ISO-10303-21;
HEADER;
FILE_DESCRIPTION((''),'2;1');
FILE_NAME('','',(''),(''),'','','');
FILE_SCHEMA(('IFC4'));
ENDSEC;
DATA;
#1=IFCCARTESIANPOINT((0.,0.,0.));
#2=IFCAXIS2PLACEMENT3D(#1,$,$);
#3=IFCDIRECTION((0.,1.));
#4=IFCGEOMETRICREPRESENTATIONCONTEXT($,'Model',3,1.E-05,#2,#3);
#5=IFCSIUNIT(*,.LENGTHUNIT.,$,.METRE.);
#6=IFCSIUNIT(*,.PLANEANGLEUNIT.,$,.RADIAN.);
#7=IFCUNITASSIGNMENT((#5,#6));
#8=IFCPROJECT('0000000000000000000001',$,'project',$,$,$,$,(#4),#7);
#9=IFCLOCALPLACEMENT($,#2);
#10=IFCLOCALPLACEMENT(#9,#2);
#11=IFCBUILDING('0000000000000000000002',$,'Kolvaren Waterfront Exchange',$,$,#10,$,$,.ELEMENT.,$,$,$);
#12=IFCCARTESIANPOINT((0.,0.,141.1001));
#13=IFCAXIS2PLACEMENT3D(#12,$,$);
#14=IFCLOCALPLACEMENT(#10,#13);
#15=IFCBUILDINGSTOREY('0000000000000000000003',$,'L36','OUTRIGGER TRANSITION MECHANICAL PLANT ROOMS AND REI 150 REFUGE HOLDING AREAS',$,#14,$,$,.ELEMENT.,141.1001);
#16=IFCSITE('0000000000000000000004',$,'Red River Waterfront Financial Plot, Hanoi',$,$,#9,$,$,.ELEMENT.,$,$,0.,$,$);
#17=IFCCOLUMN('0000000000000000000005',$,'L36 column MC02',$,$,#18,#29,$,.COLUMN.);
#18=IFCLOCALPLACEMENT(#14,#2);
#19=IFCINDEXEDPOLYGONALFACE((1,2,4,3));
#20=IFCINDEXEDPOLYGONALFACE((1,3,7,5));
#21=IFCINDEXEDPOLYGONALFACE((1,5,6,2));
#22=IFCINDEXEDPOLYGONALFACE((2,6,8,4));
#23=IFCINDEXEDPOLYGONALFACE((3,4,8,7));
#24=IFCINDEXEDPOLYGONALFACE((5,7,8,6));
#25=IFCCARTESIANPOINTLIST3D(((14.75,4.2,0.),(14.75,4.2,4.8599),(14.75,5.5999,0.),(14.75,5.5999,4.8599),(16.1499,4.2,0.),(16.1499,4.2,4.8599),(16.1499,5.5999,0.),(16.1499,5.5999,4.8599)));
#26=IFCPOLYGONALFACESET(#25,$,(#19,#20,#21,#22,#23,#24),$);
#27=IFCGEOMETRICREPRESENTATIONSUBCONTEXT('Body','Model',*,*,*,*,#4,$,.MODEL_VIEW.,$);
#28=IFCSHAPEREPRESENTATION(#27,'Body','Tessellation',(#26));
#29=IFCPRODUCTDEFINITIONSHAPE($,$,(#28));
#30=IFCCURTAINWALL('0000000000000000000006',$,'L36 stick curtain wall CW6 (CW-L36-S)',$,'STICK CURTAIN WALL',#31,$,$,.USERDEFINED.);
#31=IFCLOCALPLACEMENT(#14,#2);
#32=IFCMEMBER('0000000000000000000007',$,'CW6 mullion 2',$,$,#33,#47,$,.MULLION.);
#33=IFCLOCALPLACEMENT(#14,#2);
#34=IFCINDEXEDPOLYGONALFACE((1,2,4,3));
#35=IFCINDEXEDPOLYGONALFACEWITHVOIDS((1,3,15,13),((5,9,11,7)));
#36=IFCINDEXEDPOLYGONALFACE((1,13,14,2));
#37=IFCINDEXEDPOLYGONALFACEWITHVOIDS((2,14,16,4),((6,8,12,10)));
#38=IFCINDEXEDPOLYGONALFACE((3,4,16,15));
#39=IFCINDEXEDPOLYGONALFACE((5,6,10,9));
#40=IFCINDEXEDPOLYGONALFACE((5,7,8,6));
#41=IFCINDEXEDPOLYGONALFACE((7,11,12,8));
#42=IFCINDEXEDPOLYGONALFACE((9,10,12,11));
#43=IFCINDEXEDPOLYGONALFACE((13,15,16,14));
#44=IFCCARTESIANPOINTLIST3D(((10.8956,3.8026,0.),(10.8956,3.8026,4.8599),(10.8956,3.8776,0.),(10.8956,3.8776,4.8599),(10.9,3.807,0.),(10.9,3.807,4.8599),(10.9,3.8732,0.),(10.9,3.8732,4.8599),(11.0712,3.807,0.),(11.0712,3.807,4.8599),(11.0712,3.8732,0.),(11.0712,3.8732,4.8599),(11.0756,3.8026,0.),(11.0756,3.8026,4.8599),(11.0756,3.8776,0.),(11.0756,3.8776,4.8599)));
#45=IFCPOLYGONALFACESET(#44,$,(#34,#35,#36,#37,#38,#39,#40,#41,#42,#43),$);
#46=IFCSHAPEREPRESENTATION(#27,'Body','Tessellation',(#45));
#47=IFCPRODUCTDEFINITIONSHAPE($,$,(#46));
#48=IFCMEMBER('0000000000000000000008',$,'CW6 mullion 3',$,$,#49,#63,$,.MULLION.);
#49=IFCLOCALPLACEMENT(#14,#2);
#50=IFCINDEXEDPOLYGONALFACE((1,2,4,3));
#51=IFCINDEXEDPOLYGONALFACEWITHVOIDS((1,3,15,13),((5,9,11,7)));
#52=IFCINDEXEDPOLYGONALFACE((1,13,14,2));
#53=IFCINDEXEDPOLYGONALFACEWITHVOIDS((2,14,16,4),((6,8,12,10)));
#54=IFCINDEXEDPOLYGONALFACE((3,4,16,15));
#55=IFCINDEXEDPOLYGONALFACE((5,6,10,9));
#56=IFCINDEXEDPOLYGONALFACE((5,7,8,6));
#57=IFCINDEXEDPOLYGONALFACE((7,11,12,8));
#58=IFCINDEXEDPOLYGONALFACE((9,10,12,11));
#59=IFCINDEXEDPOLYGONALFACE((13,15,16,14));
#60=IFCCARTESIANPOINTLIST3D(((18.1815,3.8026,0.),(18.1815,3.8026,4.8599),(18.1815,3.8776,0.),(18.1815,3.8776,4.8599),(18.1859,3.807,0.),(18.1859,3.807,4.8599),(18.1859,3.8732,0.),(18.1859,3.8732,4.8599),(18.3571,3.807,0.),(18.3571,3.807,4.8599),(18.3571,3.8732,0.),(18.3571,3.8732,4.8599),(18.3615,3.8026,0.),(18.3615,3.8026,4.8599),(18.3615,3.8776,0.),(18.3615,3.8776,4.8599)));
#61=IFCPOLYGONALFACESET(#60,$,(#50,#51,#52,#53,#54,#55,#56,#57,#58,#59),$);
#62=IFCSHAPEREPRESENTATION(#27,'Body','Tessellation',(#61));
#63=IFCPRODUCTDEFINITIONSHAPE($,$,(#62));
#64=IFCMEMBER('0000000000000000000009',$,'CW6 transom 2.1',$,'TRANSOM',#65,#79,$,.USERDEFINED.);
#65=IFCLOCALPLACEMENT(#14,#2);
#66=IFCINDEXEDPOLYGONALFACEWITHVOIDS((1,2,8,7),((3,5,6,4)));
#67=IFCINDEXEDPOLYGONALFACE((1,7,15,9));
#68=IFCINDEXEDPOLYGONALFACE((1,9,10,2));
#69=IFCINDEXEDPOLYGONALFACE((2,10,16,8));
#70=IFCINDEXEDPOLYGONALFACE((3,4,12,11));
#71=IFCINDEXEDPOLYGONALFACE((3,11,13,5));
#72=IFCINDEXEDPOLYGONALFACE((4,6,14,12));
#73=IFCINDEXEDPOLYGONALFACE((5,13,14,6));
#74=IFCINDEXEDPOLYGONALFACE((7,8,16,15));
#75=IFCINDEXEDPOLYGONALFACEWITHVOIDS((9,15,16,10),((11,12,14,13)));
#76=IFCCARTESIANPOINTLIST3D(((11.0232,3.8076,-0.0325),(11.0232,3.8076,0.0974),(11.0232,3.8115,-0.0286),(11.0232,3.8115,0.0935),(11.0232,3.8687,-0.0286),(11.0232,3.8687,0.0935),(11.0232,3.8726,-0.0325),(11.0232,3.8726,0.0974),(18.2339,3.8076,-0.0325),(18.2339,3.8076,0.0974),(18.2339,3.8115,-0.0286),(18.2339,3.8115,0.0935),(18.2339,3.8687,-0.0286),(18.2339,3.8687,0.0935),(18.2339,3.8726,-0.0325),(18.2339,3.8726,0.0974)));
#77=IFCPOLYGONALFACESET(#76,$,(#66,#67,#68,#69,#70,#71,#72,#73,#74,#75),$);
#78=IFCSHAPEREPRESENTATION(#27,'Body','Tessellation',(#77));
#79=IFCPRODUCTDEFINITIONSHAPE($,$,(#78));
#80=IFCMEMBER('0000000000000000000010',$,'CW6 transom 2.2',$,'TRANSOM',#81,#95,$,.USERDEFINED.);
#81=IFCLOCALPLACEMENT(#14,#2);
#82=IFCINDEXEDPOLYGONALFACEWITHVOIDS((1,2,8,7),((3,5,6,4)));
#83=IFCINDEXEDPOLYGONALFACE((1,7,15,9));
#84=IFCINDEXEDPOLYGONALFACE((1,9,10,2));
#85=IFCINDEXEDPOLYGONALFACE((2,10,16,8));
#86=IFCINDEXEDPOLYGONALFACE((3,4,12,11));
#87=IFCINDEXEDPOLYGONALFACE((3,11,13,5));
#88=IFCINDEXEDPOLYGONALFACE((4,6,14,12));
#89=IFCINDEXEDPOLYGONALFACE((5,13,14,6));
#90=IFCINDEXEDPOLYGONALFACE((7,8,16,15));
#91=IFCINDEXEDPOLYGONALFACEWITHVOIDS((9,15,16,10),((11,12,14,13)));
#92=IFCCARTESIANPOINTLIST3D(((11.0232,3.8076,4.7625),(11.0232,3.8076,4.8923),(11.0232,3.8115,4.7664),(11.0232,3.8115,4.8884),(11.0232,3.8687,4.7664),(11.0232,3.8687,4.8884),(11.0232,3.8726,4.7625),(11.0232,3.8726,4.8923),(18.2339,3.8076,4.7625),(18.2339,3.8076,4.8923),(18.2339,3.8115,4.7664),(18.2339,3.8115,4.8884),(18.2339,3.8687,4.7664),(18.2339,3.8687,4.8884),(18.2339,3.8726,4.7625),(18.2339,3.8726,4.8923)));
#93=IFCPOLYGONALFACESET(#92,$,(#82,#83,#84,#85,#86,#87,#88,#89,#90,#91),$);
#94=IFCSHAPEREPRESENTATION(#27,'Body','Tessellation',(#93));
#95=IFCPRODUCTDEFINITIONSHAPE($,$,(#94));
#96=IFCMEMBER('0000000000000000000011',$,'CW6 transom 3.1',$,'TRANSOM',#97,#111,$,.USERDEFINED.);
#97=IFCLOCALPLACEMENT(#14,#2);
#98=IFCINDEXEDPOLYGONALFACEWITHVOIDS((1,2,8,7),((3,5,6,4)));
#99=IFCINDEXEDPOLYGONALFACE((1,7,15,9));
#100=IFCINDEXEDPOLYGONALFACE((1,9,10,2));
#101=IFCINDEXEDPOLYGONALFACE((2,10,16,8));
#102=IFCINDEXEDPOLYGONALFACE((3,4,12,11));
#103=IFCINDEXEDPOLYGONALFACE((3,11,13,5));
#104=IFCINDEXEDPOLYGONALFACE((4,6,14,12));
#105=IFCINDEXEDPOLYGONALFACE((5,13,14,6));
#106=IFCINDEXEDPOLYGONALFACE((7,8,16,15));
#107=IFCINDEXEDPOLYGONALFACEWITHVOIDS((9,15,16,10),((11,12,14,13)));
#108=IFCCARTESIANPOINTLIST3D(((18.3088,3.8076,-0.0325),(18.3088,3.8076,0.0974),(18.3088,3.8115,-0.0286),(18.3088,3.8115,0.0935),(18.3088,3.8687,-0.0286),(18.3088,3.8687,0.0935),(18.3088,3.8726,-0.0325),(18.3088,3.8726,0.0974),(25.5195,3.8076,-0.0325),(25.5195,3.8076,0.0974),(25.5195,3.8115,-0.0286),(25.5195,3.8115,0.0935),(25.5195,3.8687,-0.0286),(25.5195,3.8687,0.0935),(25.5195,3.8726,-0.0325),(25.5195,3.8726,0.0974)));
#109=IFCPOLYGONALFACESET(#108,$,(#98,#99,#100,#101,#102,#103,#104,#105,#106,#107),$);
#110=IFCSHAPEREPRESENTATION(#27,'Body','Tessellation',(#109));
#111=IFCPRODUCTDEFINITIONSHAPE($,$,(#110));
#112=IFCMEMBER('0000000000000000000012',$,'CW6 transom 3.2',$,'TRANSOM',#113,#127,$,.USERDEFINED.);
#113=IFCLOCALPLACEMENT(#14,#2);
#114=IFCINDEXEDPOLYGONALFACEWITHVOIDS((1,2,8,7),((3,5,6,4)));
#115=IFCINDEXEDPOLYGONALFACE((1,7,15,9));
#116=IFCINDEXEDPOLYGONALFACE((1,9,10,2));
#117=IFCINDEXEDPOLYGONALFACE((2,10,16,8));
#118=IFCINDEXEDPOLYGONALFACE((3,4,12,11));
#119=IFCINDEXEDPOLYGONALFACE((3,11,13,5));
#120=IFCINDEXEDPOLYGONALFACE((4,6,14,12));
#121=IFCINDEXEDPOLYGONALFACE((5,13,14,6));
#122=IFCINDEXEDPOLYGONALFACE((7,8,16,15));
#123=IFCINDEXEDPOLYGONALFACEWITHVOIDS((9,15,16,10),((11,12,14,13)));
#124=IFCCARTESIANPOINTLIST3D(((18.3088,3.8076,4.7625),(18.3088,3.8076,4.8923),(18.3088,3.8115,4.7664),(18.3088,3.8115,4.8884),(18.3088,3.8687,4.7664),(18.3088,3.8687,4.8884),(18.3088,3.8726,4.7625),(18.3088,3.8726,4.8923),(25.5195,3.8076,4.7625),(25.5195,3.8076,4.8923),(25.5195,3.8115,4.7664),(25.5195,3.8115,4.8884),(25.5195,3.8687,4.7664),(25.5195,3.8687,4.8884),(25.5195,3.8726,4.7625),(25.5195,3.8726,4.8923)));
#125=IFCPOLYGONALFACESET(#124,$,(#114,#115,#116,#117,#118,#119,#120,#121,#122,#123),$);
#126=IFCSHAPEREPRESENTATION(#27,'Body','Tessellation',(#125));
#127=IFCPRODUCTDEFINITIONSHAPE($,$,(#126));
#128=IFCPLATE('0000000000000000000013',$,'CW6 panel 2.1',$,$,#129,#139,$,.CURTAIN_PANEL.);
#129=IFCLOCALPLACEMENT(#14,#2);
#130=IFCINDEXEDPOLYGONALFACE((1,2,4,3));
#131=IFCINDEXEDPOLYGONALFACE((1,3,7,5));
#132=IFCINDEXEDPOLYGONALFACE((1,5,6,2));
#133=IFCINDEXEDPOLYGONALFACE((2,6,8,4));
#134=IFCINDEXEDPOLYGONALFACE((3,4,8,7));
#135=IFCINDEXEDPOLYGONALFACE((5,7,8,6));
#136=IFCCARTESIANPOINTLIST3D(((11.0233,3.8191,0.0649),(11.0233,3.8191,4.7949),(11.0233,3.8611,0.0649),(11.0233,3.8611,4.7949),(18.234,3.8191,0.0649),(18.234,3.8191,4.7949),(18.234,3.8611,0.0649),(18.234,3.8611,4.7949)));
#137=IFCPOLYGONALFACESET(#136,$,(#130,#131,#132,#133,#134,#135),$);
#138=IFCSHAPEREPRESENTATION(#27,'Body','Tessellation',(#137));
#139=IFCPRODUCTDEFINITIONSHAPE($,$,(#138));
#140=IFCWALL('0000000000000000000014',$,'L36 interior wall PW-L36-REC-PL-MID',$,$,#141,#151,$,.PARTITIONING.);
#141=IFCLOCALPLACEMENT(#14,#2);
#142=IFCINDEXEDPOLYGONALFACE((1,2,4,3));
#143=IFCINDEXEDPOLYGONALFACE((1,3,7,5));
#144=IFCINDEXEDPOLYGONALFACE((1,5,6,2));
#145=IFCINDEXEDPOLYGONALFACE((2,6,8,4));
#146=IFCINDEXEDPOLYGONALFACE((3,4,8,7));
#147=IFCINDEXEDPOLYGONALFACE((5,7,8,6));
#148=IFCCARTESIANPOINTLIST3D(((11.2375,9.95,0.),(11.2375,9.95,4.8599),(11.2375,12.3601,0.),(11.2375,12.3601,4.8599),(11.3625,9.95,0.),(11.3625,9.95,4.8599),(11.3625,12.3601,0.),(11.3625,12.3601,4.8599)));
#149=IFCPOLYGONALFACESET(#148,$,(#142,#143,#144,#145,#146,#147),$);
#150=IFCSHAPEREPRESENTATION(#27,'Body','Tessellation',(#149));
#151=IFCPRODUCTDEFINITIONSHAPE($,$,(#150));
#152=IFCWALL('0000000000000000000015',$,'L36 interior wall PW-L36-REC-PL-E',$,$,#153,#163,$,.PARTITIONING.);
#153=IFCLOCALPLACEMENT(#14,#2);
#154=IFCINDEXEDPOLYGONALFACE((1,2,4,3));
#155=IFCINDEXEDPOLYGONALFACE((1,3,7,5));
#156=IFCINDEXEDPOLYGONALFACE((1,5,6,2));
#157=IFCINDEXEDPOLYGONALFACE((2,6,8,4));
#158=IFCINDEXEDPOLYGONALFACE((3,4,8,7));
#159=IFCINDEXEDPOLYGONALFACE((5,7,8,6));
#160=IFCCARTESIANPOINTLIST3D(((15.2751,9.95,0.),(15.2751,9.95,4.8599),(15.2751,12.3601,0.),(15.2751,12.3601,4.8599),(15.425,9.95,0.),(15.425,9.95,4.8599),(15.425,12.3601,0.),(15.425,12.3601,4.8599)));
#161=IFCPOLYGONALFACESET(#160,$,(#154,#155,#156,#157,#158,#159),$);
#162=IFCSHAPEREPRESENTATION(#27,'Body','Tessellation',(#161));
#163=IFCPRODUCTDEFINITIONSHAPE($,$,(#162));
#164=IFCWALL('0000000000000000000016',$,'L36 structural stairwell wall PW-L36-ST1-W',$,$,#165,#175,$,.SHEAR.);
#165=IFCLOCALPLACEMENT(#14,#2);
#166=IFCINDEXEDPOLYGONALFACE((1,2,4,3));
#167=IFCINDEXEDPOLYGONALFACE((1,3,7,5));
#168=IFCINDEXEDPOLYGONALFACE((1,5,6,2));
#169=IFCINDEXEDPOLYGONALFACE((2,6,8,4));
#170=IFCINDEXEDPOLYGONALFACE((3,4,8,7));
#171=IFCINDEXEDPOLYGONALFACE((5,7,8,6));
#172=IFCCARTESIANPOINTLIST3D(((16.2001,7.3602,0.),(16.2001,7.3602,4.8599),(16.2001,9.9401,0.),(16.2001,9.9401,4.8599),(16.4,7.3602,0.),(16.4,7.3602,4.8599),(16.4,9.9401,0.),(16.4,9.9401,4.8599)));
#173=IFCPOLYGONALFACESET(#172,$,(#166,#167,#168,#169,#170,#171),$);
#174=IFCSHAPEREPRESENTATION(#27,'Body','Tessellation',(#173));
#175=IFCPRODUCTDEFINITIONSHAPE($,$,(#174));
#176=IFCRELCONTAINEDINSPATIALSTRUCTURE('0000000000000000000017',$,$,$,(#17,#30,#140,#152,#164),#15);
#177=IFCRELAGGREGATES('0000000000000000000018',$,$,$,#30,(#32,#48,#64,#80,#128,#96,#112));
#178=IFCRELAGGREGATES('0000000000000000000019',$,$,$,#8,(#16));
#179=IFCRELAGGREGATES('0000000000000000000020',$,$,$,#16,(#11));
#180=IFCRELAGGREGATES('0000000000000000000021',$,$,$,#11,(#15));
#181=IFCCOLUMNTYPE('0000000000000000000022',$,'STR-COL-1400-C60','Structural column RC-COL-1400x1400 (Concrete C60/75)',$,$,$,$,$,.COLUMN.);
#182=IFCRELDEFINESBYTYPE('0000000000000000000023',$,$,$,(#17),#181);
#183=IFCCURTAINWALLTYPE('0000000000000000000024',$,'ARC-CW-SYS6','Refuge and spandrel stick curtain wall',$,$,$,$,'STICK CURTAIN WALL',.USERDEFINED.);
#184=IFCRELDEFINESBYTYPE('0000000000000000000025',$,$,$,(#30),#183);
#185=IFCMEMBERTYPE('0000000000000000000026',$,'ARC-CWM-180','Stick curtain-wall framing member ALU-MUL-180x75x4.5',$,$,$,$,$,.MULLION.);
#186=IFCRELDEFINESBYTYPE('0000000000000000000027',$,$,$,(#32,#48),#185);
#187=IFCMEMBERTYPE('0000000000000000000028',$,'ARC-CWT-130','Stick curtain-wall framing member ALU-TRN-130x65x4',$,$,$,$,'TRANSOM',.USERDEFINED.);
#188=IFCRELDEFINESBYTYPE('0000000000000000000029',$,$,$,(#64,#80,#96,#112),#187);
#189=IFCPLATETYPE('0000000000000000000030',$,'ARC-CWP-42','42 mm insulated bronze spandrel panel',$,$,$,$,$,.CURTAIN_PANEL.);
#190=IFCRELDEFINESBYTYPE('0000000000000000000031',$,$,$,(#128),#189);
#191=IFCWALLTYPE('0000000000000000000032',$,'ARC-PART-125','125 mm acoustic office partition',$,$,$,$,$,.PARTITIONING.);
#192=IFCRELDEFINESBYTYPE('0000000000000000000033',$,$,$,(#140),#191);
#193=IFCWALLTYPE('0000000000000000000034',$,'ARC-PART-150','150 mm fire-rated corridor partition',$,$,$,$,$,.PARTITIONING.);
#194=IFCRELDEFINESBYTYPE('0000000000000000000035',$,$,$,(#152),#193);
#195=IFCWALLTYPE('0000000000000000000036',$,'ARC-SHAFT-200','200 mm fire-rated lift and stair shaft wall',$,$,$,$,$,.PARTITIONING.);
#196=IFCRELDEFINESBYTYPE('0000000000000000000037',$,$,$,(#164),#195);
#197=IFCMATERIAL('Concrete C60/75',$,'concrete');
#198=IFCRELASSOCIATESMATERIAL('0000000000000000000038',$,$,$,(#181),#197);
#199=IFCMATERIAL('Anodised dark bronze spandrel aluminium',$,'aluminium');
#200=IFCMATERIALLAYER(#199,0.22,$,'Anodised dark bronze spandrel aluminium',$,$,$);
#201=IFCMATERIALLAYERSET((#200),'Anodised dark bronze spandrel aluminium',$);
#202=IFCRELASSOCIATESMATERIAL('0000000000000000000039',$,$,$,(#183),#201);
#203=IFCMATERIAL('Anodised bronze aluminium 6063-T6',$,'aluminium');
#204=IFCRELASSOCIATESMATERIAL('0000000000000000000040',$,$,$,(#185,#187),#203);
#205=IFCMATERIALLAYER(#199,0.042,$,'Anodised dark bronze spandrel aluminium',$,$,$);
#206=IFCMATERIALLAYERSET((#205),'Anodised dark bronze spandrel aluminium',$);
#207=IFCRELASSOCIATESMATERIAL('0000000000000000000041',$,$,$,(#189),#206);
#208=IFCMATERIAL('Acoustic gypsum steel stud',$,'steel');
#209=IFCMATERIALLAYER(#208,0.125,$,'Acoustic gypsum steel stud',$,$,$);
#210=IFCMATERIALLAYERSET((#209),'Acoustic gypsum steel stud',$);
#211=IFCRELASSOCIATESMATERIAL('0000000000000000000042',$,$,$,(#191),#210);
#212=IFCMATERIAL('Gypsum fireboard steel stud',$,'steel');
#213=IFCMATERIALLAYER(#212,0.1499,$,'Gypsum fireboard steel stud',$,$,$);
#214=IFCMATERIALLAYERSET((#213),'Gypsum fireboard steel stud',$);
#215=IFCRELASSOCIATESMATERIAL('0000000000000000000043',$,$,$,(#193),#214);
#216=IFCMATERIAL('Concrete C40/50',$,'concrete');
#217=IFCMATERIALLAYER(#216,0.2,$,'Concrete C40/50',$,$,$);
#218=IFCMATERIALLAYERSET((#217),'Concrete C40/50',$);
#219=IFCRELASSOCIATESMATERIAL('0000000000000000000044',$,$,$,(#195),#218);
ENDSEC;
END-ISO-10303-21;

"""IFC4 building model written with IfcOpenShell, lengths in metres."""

from ifc_helpers import new_model, si_unit, direction, frame, frame_2d, origin, origin_with_axes, origin_2d, place, context, subcontext, project, spatial, rectangle, hollow_rectangle, extrude, source, transform, mapped, material, layer, layer_set, material_profile, profile_set, type_object, element, aggregate, save


model = new_model("IFC4")

# Units and contexts
model_context = context("Model", 3, precision=1e-05, world=origin(), true_north=direction((0.0, 1.0)))
body_context = subcontext(model_context, "Body", "Model", "MODEL_VIEW")
ifc_project = project(units=[si_unit("LENGTHUNIT", "METRE"), si_unit("PLANEANGLEUNIT", "RADIAN")], contexts=[model_context])

# Site, building, storey
site_placement = place(None, origin())
site = spatial("IfcSite", under=ifc_project, at=site_placement, Name="Red River Waterfront Financial Plot, Hanoi", CompositionType="ELEMENT", RefElevation=0.0)
building_placement = place(site_placement, origin())
building = spatial("IfcBuilding", under=site, at=building_placement, Name="Kolvaren Waterfront Exchange", CompositionType="ELEMENT")
storey_placement = place(building_placement, frame((0.0, 0.0, 141.1001)))
storey = spatial("IfcBuildingStorey", under=building, at=storey_placement, Name="L36", Description="OUTRIGGER TRANSITION MECHANICAL PLANT ROOMS AND REI 150 REFUGE HOLDING AREAS", CompositionType="ELEMENT", Elevation=141.1001)

# Column
ifc_material_1 = material(Name="Concrete C60/75", Category="concrete")
ifc_material_profile_1 = material_profile(ifc_material_1, rectangle(XDim=1.3999, YDim=1.3999, at=origin_2d()), Name="RC-COL-1400x1400")
ifc_profile_set_1 = profile_set([ifc_material_profile_1], Name="Concrete C60/75")
column_type = type_object("IfcColumnType", Name="STR-COL-1400-C60", Description="Structural column RC-COL-1400x1400 (Concrete C60/75)", PredefinedType="COLUMN", material=ifc_profile_set_1)
column_placement = place(storey_placement, frame((15.45, 4.8999, 0.0), z_axis=(0.0, 0.0, 1.0), x_axis=(1.0, 0.0, 0.0)))
element("IfcColumn", 1, at=column_placement, inside=storey, type_object=column_type, Name="L36 column MC02", PredefinedType="COLUMN", context=body_context, shape_type="SweptSolid", body=[
    extrude(rectangle(XDim=1.3999, YDim=1.3999, at=origin_2d()), origin(), (0.0, 0.0, 1.0), 4.8599),
])

# Curtain wall, members, plate
ifc_material_2 = material(Name="Anodised dark bronze spandrel aluminium", Category="aluminium")
ifc_layer_1 = layer(ifc_material_2, 0.22, Name="Anodised dark bronze spandrel aluminium")
ifc_layer_set_1 = layer_set([ifc_layer_1], Name="Anodised dark bronze spandrel aluminium")
curtain_wall_type = type_object("IfcCurtainWallType", Name="ARC-CW-SYS6", Description="Refuge and spandrel stick curtain wall", ElementType="STICK CURTAIN WALL", PredefinedType="USERDEFINED", material=ifc_layer_set_1)
curtain_wall_placement = place(storey_placement, origin())
curtain_wall = element("IfcCurtainWall", 2, at=curtain_wall_placement, inside=storey, type_object=curtain_wall_type, Name="L36 stick curtain wall CW6 (CW-L36-S)", ObjectType="STICK CURTAIN WALL", PredefinedType="USERDEFINED")
ifc_material_3 = material(Name="Anodised bronze aluminium 6063-T6", Category="aluminium")
ifc_material_profile_2 = material_profile(ifc_material_3, hollow_rectangle(XDim=0.075, YDim=0.1799, WallThickness=0.0044, at=origin_2d()), Name="ALU-MUL-180x75x4.5")
ifc_profile_set_2 = profile_set([ifc_material_profile_2], Name="Anodised bronze aluminium 6063-T6")
member_type_1 = type_object("IfcMemberType", Name="ARC-CWM-180", Description="Stick curtain-wall framing member ALU-MUL-180x75x4.5", PredefinedType="MULLION", material=ifc_profile_set_2)
shared_shape_1 = source(origin_with_axes(), body_context, "Body", "SweptSolid", [
    extrude(hollow_rectangle(XDim=0.075, YDim=0.1799, WallThickness=0.0044, at=origin_2d()), origin(), (0.0, 0.0, 1.0), 4.8599),
])
member_1_placement = place(storey_placement, frame((10.9856, 3.8401, 0.0), z_axis=(0.0, 0.0, 1.0), x_axis=(0.0, 1.0, 0.0)))
member_1 = element("IfcMember", 3, at=member_1_placement, type_object=member_type_1, Name="CW6 mullion 2", PredefinedType="MULLION", context=body_context, shape_type="MappedRepresentation", body=[
    mapped(shared_shape_1, transform((0.0, 0.0, 0.0), x_axis=(1.0, 0.0, 0.0), y_axis=(0.0, 1.0, 0.0), z_axis=(0.0, 0.0, 1.0), scale=1.0)),
])
member_2_placement = place(storey_placement, frame((18.2715, 3.8401, 0.0), z_axis=(0.0, 0.0, 1.0), x_axis=(0.0, 1.0, 0.0)))
member_2 = element("IfcMember", 4, at=member_2_placement, type_object=member_type_1, Name="CW6 mullion 3", PredefinedType="MULLION", context=body_context, shape_type="MappedRepresentation", body=[
    mapped(shared_shape_1, transform((0.0, 0.0, 0.0), x_axis=(1.0, 0.0, 0.0), y_axis=(0.0, 1.0, 0.0), z_axis=(0.0, 0.0, 1.0), scale=1.0)),
])
ifc_material_profile_3 = material_profile(ifc_material_3, hollow_rectangle(XDim=0.0649, YDim=0.1299, WallThickness=0.0039, at=origin_2d()), Name="ALU-TRN-130x65x4")
ifc_profile_set_3 = profile_set([ifc_material_profile_3], Name="Anodised bronze aluminium 6063-T6")
member_type_2 = type_object("IfcMemberType", Name="ARC-CWT-130", Description="Stick curtain-wall framing member ALU-TRN-130x65x4", ElementType="TRANSOM", PredefinedType="USERDEFINED", material=ifc_profile_set_3)
shared_shape_2 = source(origin_with_axes(), body_context, "Body", "SweptSolid", [
    extrude(hollow_rectangle(XDim=0.0649, YDim=0.1299, WallThickness=0.0039, at=origin_2d()), origin(), (0.0, 0.0, 1.0), 7.2107),
])
member_3_placement = place(storey_placement, frame((11.0232, 3.8401, 0.0325), z_axis=(1.0, 0.0, 0.0), x_axis=(0.0, 1.0, 0.0)))
member_3 = element("IfcMember", 5, at=member_3_placement, type_object=member_type_2, Name="CW6 transom 2.1", ObjectType="TRANSOM", PredefinedType="USERDEFINED", context=body_context, shape_type="MappedRepresentation", body=[
    mapped(shared_shape_2, transform((0.0, 0.0, 0.0), x_axis=(1.0, 0.0, 0.0), y_axis=(0.0, 1.0, 0.0), z_axis=(0.0, 0.0, 1.0), scale=1.0)),
])
member_4_placement = place(storey_placement, frame((11.0232, 3.8401, 4.8274), z_axis=(1.0, 0.0, 0.0), x_axis=(0.0, 1.0, 0.0)))
member_4 = element("IfcMember", 6, at=member_4_placement, type_object=member_type_2, Name="CW6 transom 2.2", ObjectType="TRANSOM", PredefinedType="USERDEFINED", context=body_context, shape_type="MappedRepresentation", body=[
    mapped(shared_shape_2, transform((0.0, 0.0, 0.0), x_axis=(1.0, 0.0, 0.0), y_axis=(0.0, 1.0, 0.0), z_axis=(0.0, 0.0, 1.0), scale=1.0)),
])
member_5_placement = place(storey_placement, frame((18.3088, 3.8401, 0.0325), z_axis=(1.0, 0.0, 0.0), x_axis=(0.0, 1.0, 0.0)))
member_5 = element("IfcMember", 7, at=member_5_placement, type_object=member_type_2, Name="CW6 transom 3.1", ObjectType="TRANSOM", PredefinedType="USERDEFINED", context=body_context, shape_type="MappedRepresentation", body=[
    mapped(shared_shape_2, transform((0.0, 0.0, 0.0), x_axis=(1.0, 0.0, 0.0), y_axis=(0.0, 1.0, 0.0), z_axis=(0.0, 0.0, 1.0), scale=1.0)),
])
member_6_placement = place(storey_placement, frame((18.3088, 3.8401, 4.8274), z_axis=(1.0, 0.0, 0.0), x_axis=(0.0, 1.0, 0.0)))
member_6 = element("IfcMember", 8, at=member_6_placement, type_object=member_type_2, Name="CW6 transom 3.2", ObjectType="TRANSOM", PredefinedType="USERDEFINED", context=body_context, shape_type="MappedRepresentation", body=[
    mapped(shared_shape_2, transform((0.0, 0.0, 0.0), x_axis=(1.0, 0.0, 0.0), y_axis=(0.0, 1.0, 0.0), z_axis=(0.0, 0.0, 1.0), scale=1.0)),
])
ifc_layer_2 = layer(ifc_material_2, 0.042, Name="Anodised dark bronze spandrel aluminium")
ifc_layer_set_2 = layer_set([ifc_layer_2], Name="Anodised dark bronze spandrel aluminium")
plate_type = type_object("IfcPlateType", Name="ARC-CWP-42", Description="42 mm insulated bronze spandrel panel", PredefinedType="CURTAIN_PANEL", material=ifc_layer_set_2)
shared_shape_3 = source(origin_with_axes(), body_context, "Body", "SweptSolid", [
    extrude(rectangle(XDim=7.2107, YDim=0.042, at=origin_2d()), origin(), (0.0, 0.0, 1.0), 4.73),
])
plate_placement = place(storey_placement, frame((14.6287, 3.8401, 0.0649), z_axis=(0.0, 0.0, 1.0), x_axis=(1.0, 0.0, 0.0)))
plate = element("IfcPlate", 9, at=plate_placement, type_object=plate_type, Name="CW6 panel 2.1", PredefinedType="CURTAIN_PANEL", context=body_context, shape_type="MappedRepresentation", body=[
    mapped(shared_shape_3, transform((0.0, 0.0, 0.0), x_axis=(1.0, 0.0, 0.0), y_axis=(0.0, 1.0, 0.0), z_axis=(0.0, 0.0, 1.0), scale=1.0)),
])
aggregate(curtain_wall, [member_1, member_2, member_3, member_4, plate, member_5, member_6])

# Walls
ifc_material_4 = material(Name="Acoustic gypsum steel stud", Category="steel")
ifc_layer_3 = layer(ifc_material_4, 0.125, Name="Acoustic gypsum steel stud")
ifc_layer_set_3 = layer_set([ifc_layer_3], Name="Acoustic gypsum steel stud")
wall_type_1 = type_object("IfcWallType", Name="ARC-PART-125", Description="125 mm acoustic office partition", PredefinedType="PARTITIONING", material=ifc_layer_set_3)
wall_1_placement = place(storey_placement, frame((11.3, 9.95, 0.0), z_axis=(0.0, 0.0, 1.0), x_axis=(0.0, 1.0, 0.0)))
element("IfcWall", 10, at=wall_1_placement, inside=storey, type_object=wall_type_1, Name="L36 interior wall PW-L36-REC-PL-MID", PredefinedType="PARTITIONING", context=body_context, shape_type="SweptSolid", body=[
    extrude(rectangle(XDim=2.4102, YDim=0.125, at=frame_2d((1.2051, 0.0))), origin(), (0.0, 0.0, 1.0), 4.8599),
])
ifc_material_5 = material(Name="Gypsum fireboard steel stud", Category="steel")
ifc_layer_4 = layer(ifc_material_5, 0.1499, Name="Gypsum fireboard steel stud")
ifc_layer_set_4 = layer_set([ifc_layer_4], Name="Gypsum fireboard steel stud")
wall_type_2 = type_object("IfcWallType", Name="ARC-PART-150", Description="150 mm fire-rated corridor partition", PredefinedType="PARTITIONING", material=ifc_layer_set_4)
wall_2_placement = place(storey_placement, frame((15.3501, 9.95, 0.0), z_axis=(0.0, 0.0, 1.0), x_axis=(0.0, 1.0, 0.0)))
element("IfcWall", 11, at=wall_2_placement, inside=storey, type_object=wall_type_2, Name="L36 interior wall PW-L36-REC-PL-E", PredefinedType="PARTITIONING", context=body_context, shape_type="SweptSolid", body=[
    extrude(rectangle(XDim=2.4102, YDim=0.1499, at=frame_2d((1.2051, 0.0))), origin(), (0.0, 0.0, 1.0), 4.8599),
])
ifc_material_6 = material(Name="Concrete C40/50", Category="concrete")
ifc_layer_5 = layer(ifc_material_6, 0.2, Name="Concrete C40/50")
ifc_layer_set_5 = layer_set([ifc_layer_5], Name="Concrete C40/50")
wall_type_3 = type_object("IfcWallType", Name="ARC-SHAFT-200", Description="200 mm fire-rated lift and stair shaft wall", PredefinedType="PARTITIONING", material=ifc_layer_set_5)
wall_3_placement = place(storey_placement, frame((16.3, 7.3601, 0.0), z_axis=(0.0, 0.0, 1.0), x_axis=(0.0, 1.0, 0.0)))
element("IfcWall", 12, at=wall_3_placement, inside=storey, type_object=wall_type_3, Name="L36 structural stairwell wall PW-L36-ST1-W", PredefinedType="SHEAR", context=body_context, shape_type="SweptSolid", body=[
    extrude(rectangle(XDim=2.5798, YDim=0.2, at=frame_2d((1.29, 0.0))), origin(), (0.0, 0.0, 1.0), 4.8599),
])

save(model, "model.ifc")
